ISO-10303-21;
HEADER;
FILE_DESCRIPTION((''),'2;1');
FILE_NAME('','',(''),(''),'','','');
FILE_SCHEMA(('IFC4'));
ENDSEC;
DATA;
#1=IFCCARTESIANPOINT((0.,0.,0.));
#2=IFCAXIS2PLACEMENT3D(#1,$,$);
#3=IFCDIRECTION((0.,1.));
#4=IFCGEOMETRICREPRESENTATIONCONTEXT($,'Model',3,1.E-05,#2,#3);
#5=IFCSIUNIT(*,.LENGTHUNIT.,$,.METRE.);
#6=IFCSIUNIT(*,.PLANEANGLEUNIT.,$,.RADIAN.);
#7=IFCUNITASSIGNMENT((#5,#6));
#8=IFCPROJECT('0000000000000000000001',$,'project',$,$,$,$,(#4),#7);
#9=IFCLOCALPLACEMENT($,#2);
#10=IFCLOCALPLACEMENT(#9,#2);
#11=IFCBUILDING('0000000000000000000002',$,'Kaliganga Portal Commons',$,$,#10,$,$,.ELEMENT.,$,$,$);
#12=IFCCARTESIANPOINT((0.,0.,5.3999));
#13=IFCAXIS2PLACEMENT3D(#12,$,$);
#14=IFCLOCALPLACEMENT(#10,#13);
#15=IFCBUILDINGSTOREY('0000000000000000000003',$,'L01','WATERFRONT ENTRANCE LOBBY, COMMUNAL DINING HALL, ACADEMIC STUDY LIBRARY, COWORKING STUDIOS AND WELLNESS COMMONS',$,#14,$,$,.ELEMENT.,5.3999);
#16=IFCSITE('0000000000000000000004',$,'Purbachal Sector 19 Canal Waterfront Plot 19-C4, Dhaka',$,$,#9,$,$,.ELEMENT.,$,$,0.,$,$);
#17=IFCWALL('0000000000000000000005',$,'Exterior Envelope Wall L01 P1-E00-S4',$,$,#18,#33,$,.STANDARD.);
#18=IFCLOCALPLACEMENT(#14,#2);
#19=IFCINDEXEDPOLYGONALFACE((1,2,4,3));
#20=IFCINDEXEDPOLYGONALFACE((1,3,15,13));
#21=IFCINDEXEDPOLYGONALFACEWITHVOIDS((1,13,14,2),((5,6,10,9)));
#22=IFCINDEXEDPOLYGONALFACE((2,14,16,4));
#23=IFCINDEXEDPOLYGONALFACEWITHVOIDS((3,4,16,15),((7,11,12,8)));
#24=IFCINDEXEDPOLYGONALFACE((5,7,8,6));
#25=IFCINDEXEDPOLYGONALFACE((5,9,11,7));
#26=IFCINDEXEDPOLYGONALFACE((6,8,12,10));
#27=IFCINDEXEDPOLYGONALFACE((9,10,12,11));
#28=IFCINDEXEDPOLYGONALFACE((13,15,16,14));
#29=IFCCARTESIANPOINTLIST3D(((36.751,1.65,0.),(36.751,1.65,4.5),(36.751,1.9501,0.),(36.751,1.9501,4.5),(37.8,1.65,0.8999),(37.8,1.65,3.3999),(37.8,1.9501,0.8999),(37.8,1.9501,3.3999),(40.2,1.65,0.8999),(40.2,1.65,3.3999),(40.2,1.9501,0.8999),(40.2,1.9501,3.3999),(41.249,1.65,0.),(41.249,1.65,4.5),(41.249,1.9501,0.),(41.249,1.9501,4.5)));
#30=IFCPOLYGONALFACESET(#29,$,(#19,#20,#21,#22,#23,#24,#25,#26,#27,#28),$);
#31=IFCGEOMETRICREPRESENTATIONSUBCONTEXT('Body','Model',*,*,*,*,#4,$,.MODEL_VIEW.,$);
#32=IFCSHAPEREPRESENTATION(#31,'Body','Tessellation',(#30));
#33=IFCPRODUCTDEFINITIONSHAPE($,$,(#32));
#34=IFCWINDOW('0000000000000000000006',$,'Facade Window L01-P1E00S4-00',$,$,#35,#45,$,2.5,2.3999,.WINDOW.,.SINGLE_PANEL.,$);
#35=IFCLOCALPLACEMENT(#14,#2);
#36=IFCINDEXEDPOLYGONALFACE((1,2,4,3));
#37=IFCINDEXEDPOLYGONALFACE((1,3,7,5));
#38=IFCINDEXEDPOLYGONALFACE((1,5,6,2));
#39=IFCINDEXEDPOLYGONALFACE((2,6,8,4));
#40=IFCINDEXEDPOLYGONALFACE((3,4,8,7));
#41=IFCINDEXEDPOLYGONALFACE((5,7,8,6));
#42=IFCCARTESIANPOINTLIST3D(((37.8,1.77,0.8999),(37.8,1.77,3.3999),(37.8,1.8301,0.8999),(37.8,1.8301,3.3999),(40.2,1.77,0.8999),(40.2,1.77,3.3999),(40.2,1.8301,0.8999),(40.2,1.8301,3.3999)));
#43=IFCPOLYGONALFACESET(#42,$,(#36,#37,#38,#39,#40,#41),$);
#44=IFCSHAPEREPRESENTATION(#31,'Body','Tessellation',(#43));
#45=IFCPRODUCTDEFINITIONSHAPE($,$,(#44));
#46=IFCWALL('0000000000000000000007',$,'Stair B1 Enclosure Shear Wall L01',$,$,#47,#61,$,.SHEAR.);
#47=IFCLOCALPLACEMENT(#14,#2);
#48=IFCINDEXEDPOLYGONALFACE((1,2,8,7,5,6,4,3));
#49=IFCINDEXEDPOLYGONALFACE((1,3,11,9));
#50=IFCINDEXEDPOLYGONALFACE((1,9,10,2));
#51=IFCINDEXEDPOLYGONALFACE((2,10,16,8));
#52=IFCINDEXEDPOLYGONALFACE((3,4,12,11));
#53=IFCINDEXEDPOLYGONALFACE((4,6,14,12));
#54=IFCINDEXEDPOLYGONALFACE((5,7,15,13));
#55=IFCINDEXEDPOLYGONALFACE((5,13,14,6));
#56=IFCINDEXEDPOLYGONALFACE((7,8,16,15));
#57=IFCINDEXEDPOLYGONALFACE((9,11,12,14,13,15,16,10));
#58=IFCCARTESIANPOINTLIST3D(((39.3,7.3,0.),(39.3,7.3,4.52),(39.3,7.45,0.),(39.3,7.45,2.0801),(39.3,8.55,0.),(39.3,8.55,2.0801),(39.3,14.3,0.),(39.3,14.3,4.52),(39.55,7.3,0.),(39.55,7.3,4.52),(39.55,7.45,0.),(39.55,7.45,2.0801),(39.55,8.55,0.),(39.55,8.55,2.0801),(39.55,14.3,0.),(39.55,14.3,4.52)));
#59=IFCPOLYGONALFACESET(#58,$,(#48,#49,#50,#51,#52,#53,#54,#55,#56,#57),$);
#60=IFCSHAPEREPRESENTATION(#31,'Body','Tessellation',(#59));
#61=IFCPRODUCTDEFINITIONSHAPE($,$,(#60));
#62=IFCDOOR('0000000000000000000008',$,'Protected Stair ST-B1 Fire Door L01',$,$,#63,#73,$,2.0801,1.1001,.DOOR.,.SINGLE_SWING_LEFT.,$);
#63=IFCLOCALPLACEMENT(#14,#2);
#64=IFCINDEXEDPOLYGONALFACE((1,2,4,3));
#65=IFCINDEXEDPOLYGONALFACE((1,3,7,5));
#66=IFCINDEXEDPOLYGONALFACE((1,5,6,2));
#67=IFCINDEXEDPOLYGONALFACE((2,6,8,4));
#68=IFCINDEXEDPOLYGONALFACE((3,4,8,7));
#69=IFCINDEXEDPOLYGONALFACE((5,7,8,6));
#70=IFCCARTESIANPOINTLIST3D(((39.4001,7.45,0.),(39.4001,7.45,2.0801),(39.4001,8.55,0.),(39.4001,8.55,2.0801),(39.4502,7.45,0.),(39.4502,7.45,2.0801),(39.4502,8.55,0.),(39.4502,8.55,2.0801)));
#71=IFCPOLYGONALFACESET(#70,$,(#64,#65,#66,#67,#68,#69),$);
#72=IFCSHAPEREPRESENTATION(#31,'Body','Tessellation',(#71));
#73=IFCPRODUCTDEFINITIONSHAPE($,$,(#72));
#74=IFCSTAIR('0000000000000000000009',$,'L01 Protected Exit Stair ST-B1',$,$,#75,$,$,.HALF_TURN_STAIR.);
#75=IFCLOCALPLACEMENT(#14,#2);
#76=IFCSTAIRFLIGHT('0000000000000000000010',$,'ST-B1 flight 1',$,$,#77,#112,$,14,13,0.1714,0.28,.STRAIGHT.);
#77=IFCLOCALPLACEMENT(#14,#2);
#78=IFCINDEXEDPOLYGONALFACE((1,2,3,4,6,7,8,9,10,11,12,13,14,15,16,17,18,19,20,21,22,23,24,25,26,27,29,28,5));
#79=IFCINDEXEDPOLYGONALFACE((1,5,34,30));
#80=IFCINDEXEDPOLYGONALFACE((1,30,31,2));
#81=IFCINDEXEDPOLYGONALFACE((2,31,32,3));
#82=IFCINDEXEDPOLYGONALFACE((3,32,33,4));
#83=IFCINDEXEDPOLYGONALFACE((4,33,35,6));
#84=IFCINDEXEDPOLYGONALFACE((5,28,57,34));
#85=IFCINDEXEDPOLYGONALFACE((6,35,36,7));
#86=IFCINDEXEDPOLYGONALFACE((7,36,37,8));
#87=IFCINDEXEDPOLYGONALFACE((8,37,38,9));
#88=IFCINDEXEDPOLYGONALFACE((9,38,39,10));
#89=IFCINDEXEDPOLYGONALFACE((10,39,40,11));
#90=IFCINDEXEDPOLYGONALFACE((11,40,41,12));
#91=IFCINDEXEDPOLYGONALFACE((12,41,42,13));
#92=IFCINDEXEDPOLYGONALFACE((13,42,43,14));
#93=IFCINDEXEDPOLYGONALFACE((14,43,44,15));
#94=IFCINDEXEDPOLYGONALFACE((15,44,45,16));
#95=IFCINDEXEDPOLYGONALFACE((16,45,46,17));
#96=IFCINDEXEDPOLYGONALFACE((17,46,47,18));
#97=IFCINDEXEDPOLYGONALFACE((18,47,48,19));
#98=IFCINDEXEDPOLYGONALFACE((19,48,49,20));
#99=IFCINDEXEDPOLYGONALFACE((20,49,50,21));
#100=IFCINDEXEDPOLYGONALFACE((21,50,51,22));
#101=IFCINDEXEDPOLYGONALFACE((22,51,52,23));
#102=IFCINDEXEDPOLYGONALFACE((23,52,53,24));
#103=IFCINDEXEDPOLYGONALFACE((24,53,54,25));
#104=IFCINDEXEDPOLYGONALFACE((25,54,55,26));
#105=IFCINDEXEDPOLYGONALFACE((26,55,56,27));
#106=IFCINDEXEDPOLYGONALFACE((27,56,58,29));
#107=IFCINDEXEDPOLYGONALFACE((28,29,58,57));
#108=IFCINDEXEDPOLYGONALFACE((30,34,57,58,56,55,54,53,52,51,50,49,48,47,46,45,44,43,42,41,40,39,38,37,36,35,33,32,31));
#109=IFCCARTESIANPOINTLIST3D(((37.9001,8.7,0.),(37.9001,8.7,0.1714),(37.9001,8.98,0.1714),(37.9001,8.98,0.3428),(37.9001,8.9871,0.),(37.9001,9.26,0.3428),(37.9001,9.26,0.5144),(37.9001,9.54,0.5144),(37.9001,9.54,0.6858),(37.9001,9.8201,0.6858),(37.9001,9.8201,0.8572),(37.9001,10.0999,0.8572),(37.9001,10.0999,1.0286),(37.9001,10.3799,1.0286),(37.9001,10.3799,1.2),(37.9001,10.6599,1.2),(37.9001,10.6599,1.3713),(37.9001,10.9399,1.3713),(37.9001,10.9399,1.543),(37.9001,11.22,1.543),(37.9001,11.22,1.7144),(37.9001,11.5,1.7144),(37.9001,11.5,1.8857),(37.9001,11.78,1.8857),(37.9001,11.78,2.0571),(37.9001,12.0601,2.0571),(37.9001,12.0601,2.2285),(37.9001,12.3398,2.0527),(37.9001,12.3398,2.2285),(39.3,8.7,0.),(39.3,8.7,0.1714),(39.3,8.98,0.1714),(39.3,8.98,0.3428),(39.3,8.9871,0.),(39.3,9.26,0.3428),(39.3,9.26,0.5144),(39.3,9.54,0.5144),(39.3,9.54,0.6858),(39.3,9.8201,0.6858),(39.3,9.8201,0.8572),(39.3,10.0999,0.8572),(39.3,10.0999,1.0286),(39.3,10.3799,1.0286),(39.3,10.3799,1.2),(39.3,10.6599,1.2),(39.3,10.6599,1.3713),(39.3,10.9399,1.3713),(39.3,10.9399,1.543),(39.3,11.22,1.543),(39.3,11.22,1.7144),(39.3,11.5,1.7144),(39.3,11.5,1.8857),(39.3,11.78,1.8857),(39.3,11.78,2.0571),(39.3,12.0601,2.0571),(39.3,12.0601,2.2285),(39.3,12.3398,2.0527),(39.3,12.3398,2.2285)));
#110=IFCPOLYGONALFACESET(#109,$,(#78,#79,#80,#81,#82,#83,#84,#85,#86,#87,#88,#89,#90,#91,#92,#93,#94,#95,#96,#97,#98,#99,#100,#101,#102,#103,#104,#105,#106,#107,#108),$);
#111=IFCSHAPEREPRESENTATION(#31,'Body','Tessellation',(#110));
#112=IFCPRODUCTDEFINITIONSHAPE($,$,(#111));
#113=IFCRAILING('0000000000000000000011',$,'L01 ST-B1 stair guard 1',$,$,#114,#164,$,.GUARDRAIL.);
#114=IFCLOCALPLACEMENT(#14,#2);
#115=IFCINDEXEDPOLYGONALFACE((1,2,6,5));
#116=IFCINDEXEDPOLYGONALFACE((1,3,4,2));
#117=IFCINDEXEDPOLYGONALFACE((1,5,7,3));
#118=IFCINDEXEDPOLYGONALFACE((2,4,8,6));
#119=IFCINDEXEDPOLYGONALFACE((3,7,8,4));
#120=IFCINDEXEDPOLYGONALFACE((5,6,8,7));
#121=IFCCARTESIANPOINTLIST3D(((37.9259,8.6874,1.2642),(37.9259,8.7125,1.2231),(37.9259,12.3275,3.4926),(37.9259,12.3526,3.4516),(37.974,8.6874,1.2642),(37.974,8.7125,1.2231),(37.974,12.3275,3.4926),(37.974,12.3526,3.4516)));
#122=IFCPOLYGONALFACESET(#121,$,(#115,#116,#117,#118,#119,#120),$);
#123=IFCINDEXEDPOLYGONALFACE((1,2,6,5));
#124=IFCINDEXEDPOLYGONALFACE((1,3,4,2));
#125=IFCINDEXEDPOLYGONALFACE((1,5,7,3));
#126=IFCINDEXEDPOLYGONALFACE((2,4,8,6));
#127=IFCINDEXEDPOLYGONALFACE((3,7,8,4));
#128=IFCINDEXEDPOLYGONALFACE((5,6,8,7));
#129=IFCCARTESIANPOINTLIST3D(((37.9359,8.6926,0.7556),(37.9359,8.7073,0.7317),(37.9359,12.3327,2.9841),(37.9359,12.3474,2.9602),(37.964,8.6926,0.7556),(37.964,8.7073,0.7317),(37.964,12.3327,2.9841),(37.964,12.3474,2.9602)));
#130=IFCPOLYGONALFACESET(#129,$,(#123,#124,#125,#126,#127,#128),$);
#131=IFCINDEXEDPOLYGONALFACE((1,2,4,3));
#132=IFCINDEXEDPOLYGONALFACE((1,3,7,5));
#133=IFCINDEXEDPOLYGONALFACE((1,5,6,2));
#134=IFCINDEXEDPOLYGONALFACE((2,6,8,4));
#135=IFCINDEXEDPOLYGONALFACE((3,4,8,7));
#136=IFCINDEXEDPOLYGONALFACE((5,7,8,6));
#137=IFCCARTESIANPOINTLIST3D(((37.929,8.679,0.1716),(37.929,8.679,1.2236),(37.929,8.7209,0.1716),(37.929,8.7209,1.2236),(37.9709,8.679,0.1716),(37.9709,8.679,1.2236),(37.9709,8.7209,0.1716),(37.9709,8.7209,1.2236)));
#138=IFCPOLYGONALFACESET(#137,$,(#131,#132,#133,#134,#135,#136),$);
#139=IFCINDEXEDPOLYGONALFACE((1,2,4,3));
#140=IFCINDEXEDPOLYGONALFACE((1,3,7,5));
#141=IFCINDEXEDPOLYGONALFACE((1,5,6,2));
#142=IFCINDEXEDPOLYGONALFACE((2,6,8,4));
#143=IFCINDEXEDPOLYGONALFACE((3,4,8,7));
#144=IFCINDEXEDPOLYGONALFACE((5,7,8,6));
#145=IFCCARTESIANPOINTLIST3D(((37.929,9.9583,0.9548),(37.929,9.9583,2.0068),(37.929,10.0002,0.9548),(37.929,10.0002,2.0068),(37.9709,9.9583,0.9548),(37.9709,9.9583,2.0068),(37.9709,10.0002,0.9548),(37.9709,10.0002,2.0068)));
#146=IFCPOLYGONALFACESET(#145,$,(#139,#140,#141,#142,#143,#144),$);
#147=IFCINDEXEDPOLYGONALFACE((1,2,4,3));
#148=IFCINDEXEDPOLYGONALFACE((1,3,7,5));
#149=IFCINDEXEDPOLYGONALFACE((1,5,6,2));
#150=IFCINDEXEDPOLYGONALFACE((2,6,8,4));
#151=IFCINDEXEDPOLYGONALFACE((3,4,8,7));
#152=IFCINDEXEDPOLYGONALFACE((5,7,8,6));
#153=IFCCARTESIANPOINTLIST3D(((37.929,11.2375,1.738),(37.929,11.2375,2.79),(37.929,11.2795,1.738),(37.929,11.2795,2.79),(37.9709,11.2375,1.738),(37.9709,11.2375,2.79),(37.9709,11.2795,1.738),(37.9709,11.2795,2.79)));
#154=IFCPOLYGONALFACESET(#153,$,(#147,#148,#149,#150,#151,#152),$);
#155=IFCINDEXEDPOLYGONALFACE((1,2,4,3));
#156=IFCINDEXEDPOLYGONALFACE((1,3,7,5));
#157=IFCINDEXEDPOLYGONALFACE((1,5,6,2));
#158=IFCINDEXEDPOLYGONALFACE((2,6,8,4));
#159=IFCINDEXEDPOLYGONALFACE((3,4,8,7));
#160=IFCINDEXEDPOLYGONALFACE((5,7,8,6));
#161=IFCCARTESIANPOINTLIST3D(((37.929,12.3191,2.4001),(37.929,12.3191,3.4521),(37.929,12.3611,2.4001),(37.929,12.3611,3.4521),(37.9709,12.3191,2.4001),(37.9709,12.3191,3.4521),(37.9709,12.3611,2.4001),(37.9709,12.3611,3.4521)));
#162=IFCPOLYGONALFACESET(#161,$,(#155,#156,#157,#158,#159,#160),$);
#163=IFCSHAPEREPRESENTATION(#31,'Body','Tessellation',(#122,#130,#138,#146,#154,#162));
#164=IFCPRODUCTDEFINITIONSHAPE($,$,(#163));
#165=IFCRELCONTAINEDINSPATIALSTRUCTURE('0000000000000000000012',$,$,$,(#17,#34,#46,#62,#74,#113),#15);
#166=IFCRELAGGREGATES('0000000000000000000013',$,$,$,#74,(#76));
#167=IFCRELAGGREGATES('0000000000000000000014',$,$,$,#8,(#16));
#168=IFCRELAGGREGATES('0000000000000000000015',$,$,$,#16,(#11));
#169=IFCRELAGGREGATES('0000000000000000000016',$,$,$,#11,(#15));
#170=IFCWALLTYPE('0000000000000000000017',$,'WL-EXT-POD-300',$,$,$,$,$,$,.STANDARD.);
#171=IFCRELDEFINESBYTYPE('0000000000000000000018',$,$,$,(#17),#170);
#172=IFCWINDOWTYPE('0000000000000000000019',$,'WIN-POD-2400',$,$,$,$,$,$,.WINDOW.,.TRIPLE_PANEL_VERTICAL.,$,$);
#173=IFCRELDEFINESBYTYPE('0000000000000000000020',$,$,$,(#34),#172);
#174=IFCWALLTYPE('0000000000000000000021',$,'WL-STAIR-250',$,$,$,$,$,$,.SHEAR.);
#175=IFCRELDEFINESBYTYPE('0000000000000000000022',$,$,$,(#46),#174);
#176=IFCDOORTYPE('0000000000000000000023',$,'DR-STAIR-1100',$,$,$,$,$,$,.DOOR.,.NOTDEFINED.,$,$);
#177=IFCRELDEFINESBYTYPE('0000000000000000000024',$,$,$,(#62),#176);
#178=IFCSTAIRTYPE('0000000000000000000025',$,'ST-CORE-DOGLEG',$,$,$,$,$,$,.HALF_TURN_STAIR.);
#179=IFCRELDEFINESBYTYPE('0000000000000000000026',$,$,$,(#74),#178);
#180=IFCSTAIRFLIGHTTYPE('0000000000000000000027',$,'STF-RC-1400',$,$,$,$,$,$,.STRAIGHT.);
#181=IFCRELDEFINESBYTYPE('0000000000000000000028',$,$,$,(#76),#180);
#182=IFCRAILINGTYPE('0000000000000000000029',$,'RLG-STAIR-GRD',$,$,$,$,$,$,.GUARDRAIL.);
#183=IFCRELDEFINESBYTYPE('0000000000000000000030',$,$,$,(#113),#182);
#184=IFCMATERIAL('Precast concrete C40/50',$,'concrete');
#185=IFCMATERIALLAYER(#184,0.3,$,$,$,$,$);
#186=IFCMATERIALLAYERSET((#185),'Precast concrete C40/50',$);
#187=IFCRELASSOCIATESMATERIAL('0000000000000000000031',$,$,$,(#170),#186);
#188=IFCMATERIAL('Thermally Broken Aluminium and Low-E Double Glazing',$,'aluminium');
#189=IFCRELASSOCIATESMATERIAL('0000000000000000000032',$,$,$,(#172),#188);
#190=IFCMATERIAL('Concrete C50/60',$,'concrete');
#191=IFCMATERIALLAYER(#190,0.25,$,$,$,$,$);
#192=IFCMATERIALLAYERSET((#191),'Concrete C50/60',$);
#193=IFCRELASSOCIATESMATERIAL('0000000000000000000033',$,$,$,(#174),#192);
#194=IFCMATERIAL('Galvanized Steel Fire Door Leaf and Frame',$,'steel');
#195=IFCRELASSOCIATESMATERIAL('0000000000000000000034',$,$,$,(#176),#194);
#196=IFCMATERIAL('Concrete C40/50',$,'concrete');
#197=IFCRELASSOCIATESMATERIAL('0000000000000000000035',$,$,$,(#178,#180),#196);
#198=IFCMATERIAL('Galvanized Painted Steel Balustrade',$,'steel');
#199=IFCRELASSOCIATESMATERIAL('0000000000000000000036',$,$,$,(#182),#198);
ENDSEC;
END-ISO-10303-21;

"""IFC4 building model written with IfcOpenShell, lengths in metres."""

from ifc_helpers import new_model, si_unit, direction, frame, frame_2d, origin, origin_2d, place, context, subcontext, project, spatial, polyline, rectangle, outline, extrude, material, layer, layer_set, type_object, element, fill, aggregate, save


model = new_model("IFC4")

# Units and contexts
model_context = context("Model", 3, precision=1e-05, world=origin(), true_north=direction((0.0, 1.0)))
body_context = subcontext(model_context, "Body", "Model", "MODEL_VIEW")
ifc_project = project(units=[si_unit("LENGTHUNIT", "METRE"), si_unit("PLANEANGLEUNIT", "RADIAN")], contexts=[model_context])

# Site, building, storey
site_placement = place(None, origin())
site = spatial("IfcSite", under=ifc_project, at=site_placement, Name="Purbachal Sector 19 Canal Waterfront Plot 19-C4, Dhaka", CompositionType="ELEMENT", RefElevation=0.0)
building_placement = place(site_placement, origin())
building = spatial("IfcBuilding", under=site, at=building_placement, Name="Kaliganga Portal Commons", CompositionType="ELEMENT")
storey_placement = place(building_placement, frame((0.0, 0.0, 5.3999)))
storey = spatial("IfcBuildingStorey", under=building, at=storey_placement, Name="L01", Description="WATERFRONT ENTRANCE LOBBY, COMMUNAL DINING HALL, ACADEMIC STUDY LIBRARY, COWORKING STUDIOS AND WELLNESS COMMONS", CompositionType="ELEMENT", Elevation=5.3999)

# Wall, opening, window
ifc_material_1 = material(Name="Precast concrete C40/50", Category="concrete")
ifc_layer_1 = layer(ifc_material_1, 0.3)
ifc_layer_set_1 = layer_set([ifc_layer_1], Name="Precast concrete C40/50")
wall_type_1 = type_object("IfcWallType", Name="WL-EXT-POD-300", PredefinedType="STANDARD", material=ifc_layer_set_1)
wall_1_placement = place(storey_placement, frame((41.249, 1.8, 0.0), z_axis=(0.0, 0.0, 1.0), x_axis=(-1.0, 0.0, 0.0)))
wall_1 = element("IfcWall", 1, at=wall_1_placement, inside=storey, type_object=wall_type_1, Name="Exterior Envelope Wall L01 P1-E00-S4", PredefinedType="STANDARD", context=body_context, shape_type="SweptSolid", body=[
    extrude(rectangle(XDim=4.498, YDim=0.3, at=frame_2d((2.249, 0.0))), origin(), (0.0, 0.0, 1.0), 4.5),
])
opening_1_placement = place(wall_1_placement, frame((1.0491, 0.0, 0.8999)))
opening_1 = element("IfcOpeningElement", 2, at=opening_1_placement, cuts=wall_1, PredefinedType="OPENING", context=body_context, shape_type="SweptSolid", body=[
    extrude(rectangle(XDim=2.3999, YDim=2.5, at=frame_2d((1.2, 1.25))), frame((0.0, 0.1602, 0.0), z_axis=(0.0, -1.0, 0.0), x_axis=(1.0, 0.0, 0.0)), (0.0, 0.0, 1.0), 0.3201),
])
ifc_material_2 = material(Name="Thermally Broken Aluminium and Low-E Double Glazing", Category="aluminium")
window_type = type_object("IfcWindowType", Name="WIN-POD-2400", PartitioningType="TRIPLE_PANEL_VERTICAL", PredefinedType="WINDOW", material=ifc_material_2)
window_placement = place(opening_1_placement, origin())
window = element("IfcWindow", 3, at=window_placement, inside=storey, type_object=window_type, Name="Facade Window L01-P1E00S4-00", OverallHeight=2.5, OverallWidth=2.3999, PartitioningType="SINGLE_PANEL", PredefinedType="WINDOW", context=body_context, shape_type="SweptSolid", body=[
    extrude(rectangle(XDim=2.3999, YDim=2.5, at=frame_2d((1.2, 1.25))), frame((0.0, 0.03, 0.0), z_axis=(0.0, -1.0, 0.0), x_axis=(1.0, 0.0, 0.0)), (0.0, 0.0, 1.0), 0.0601),
])
fill(opening_1, window)

# Wall, opening, door
ifc_material_3 = material(Name="Concrete C50/60", Category="concrete")
ifc_layer_2 = layer(ifc_material_3, 0.25)
ifc_layer_set_2 = layer_set([ifc_layer_2], Name="Concrete C50/60")
wall_type_2 = type_object("IfcWallType", Name="WL-STAIR-250", PredefinedType="SHEAR", material=ifc_layer_set_2)
wall_2_placement = place(storey_placement, frame((39.425, 7.3, 0.0), z_axis=(0.0, 0.0, 1.0), x_axis=(0.0, 1.0, 0.0)))
wall_2 = element("IfcWall", 4, at=wall_2_placement, inside=storey, type_object=wall_type_2, Name="Stair B1 Enclosure Shear Wall L01", PredefinedType="SHEAR", context=body_context, shape_type="SweptSolid", body=[
    extrude(rectangle(XDim=7.0, YDim=0.25, at=frame_2d((3.5, 0.0))), origin(), (0.0, 0.0, 1.0), 4.52),
])
opening_2_placement = place(wall_2_placement, frame((0.1499, 0.0, 0.0)))
opening_2 = element("IfcOpeningElement", 5, at=opening_2_placement, cuts=wall_2, PredefinedType="OPENING", context=body_context, shape_type="SweptSolid", body=[
    extrude(rectangle(XDim=1.1001, YDim=2.0801, at=frame_2d((0.55, 1.04))), frame((0.0, 0.135, 0.0), z_axis=(0.0, -1.0, 0.0), x_axis=(1.0, 0.0, 0.0)), (0.0, 0.0, 1.0), 0.27),
])
ifc_material_4 = material(Name="Galvanized Steel Fire Door Leaf and Frame", Category="steel")
door_type_1 = type_object("IfcDoorType", Name="DR-STAIR-1100", OperationType="NOTDEFINED", PredefinedType="DOOR", material=ifc_material_4)
door_1_placement = place(opening_2_placement, origin())
door_1 = element("IfcDoor", 6, at=door_1_placement, inside=storey, type_object=door_type_1, Name="Protected Stair ST-B1 Fire Door L01", OperationType="SINGLE_SWING_LEFT", OverallHeight=2.0801, OverallWidth=1.1001, PredefinedType="DOOR", context=body_context, shape_type="SweptSolid", body=[
    extrude(rectangle(XDim=1.1001, YDim=2.0801, at=frame_2d((0.55, 1.04))), frame((0.0, 0.0249, 0.0), z_axis=(0.0, -1.0, 0.0), x_axis=(1.0, 0.0, 0.0)), (0.0, 0.0, 1.0), 0.05),
])
fill(opening_2, door_1)

# Stair, stair flight
ifc_material_5 = material(Name="Concrete C40/50", Category="concrete")
stair_type = type_object("IfcStairType", Name="ST-CORE-DOGLEG", PredefinedType="HALF_TURN_STAIR", material=ifc_material_5)
stair_placement = place(storey_placement, origin())
stair = element("IfcStair", 7, at=stair_placement, inside=storey, type_object=stair_type, Name="L01 Protected Exit Stair ST-B1", PredefinedType="HALF_TURN_STAIR")
stair_flight_type = type_object("IfcStairFlightType", Name="STF-RC-1400", PredefinedType="STRAIGHT", material=ifc_material_5)
stair_flight_placement = place(storey_placement, frame((38.6001, 8.7, 0.0), z_axis=(0.0, 0.0, 1.0), x_axis=(0.0, 1.0, 0.0)))
stair_flight = element("IfcStairFlight", 8, at=stair_flight_placement, type_object=stair_flight_type, Name="ST-B1 flight 1", NumberOfRisers=14, NumberOfTreads=13, PredefinedType="STRAIGHT", RiserHeight=0.1714, TreadLength=0.28, context=body_context, shape_type="SweptSolid", body=[
    extrude(outline(polyline([(0.0, 0.0), (0.0, 0.1714), (0.28, 0.1714), (0.28, 0.3428), (0.5601, 0.3428), (0.5601, 0.5144), (0.8401, 0.5144), (0.8401, 0.6858), (1.1201, 0.6858), (1.1201, 0.8572), (1.3999, 0.8572), (1.3999, 1.0286), (1.6799, 1.0286), (1.6799, 1.2), (1.96, 1.2), (1.96, 1.3713), (2.24, 1.3713), (2.24, 1.543), (2.52, 1.543), (2.52, 1.7144), (2.8, 1.7144), (2.8, 1.8857), (3.0801, 1.8857), (3.0801, 2.0571), (3.3601, 2.0571), (3.3601, 2.2285), (3.6399, 2.2285), (3.6399, 2.3999), (3.6399, 2.0527), (0.2871, 0.0), (0.0, 0.0)])), frame((0.0, 0.7, 0.0), z_axis=(0.0, -1.0, 0.0), x_axis=(1.0, 0.0, 0.0)), (0.0, 0.0, 1.0), 1.3999),
])
aggregate(stair, [stair_flight])

# Railing
ifc_material_6 = material(Name="Galvanized Painted Steel Balustrade", Category="steel")
railing_type_1 = type_object("IfcRailingType", Name="RLG-STAIR-GRD", PredefinedType="GUARDRAIL", material=ifc_material_6)
railing_1_placement = place(storey_placement, frame((37.95, 8.7, 0.1716)))
element("IfcRailing", 9, at=railing_1_placement, inside=storey, type_object=railing_type_1, Name="L01 ST-B1 stair guard 1", PredefinedType="GUARDRAIL", context=body_context, shape_type="SweptSolid", body=[
    extrude(rectangle(XDim=0.0481, YDim=0.0481, at=origin_2d()), frame((0.0, 0.0, 1.072), z_axis=(0.0, 0.852866, 0.52213), x_axis=(-1.0, 0.0, 0.0)), (0.0, 0.0, 1.0), 4.2681),
    extrude(rectangle(XDim=0.0281, YDim=0.0281, at=origin_2d()), frame((0.0, 0.0, 0.572), z_axis=(0.0, 0.852866, 0.52213), x_axis=(-1.0, 0.0, 0.0)), (0.0, 0.0, 1.0), 4.2681),
    extrude(rectangle(XDim=0.042, YDim=0.042, at=origin_2d()), origin(), (0.0, 0.0, 1.0), 1.052),
    extrude(rectangle(XDim=0.042, YDim=0.042, at=origin_2d()), frame((0.0, 1.2793, 0.7832)), (0.0, 0.0, 1.0), 1.052),
    extrude(rectangle(XDim=0.042, YDim=0.042, at=origin_2d()), frame((0.0, 2.5586, 1.5664)), (0.0, 0.0, 1.0), 1.052),
    extrude(rectangle(XDim=0.042, YDim=0.042, at=origin_2d()), frame((0.0, 3.6401, 2.2285)), (0.0, 0.0, 1.0), 1.052),
])

save(model, "model.ifc")
